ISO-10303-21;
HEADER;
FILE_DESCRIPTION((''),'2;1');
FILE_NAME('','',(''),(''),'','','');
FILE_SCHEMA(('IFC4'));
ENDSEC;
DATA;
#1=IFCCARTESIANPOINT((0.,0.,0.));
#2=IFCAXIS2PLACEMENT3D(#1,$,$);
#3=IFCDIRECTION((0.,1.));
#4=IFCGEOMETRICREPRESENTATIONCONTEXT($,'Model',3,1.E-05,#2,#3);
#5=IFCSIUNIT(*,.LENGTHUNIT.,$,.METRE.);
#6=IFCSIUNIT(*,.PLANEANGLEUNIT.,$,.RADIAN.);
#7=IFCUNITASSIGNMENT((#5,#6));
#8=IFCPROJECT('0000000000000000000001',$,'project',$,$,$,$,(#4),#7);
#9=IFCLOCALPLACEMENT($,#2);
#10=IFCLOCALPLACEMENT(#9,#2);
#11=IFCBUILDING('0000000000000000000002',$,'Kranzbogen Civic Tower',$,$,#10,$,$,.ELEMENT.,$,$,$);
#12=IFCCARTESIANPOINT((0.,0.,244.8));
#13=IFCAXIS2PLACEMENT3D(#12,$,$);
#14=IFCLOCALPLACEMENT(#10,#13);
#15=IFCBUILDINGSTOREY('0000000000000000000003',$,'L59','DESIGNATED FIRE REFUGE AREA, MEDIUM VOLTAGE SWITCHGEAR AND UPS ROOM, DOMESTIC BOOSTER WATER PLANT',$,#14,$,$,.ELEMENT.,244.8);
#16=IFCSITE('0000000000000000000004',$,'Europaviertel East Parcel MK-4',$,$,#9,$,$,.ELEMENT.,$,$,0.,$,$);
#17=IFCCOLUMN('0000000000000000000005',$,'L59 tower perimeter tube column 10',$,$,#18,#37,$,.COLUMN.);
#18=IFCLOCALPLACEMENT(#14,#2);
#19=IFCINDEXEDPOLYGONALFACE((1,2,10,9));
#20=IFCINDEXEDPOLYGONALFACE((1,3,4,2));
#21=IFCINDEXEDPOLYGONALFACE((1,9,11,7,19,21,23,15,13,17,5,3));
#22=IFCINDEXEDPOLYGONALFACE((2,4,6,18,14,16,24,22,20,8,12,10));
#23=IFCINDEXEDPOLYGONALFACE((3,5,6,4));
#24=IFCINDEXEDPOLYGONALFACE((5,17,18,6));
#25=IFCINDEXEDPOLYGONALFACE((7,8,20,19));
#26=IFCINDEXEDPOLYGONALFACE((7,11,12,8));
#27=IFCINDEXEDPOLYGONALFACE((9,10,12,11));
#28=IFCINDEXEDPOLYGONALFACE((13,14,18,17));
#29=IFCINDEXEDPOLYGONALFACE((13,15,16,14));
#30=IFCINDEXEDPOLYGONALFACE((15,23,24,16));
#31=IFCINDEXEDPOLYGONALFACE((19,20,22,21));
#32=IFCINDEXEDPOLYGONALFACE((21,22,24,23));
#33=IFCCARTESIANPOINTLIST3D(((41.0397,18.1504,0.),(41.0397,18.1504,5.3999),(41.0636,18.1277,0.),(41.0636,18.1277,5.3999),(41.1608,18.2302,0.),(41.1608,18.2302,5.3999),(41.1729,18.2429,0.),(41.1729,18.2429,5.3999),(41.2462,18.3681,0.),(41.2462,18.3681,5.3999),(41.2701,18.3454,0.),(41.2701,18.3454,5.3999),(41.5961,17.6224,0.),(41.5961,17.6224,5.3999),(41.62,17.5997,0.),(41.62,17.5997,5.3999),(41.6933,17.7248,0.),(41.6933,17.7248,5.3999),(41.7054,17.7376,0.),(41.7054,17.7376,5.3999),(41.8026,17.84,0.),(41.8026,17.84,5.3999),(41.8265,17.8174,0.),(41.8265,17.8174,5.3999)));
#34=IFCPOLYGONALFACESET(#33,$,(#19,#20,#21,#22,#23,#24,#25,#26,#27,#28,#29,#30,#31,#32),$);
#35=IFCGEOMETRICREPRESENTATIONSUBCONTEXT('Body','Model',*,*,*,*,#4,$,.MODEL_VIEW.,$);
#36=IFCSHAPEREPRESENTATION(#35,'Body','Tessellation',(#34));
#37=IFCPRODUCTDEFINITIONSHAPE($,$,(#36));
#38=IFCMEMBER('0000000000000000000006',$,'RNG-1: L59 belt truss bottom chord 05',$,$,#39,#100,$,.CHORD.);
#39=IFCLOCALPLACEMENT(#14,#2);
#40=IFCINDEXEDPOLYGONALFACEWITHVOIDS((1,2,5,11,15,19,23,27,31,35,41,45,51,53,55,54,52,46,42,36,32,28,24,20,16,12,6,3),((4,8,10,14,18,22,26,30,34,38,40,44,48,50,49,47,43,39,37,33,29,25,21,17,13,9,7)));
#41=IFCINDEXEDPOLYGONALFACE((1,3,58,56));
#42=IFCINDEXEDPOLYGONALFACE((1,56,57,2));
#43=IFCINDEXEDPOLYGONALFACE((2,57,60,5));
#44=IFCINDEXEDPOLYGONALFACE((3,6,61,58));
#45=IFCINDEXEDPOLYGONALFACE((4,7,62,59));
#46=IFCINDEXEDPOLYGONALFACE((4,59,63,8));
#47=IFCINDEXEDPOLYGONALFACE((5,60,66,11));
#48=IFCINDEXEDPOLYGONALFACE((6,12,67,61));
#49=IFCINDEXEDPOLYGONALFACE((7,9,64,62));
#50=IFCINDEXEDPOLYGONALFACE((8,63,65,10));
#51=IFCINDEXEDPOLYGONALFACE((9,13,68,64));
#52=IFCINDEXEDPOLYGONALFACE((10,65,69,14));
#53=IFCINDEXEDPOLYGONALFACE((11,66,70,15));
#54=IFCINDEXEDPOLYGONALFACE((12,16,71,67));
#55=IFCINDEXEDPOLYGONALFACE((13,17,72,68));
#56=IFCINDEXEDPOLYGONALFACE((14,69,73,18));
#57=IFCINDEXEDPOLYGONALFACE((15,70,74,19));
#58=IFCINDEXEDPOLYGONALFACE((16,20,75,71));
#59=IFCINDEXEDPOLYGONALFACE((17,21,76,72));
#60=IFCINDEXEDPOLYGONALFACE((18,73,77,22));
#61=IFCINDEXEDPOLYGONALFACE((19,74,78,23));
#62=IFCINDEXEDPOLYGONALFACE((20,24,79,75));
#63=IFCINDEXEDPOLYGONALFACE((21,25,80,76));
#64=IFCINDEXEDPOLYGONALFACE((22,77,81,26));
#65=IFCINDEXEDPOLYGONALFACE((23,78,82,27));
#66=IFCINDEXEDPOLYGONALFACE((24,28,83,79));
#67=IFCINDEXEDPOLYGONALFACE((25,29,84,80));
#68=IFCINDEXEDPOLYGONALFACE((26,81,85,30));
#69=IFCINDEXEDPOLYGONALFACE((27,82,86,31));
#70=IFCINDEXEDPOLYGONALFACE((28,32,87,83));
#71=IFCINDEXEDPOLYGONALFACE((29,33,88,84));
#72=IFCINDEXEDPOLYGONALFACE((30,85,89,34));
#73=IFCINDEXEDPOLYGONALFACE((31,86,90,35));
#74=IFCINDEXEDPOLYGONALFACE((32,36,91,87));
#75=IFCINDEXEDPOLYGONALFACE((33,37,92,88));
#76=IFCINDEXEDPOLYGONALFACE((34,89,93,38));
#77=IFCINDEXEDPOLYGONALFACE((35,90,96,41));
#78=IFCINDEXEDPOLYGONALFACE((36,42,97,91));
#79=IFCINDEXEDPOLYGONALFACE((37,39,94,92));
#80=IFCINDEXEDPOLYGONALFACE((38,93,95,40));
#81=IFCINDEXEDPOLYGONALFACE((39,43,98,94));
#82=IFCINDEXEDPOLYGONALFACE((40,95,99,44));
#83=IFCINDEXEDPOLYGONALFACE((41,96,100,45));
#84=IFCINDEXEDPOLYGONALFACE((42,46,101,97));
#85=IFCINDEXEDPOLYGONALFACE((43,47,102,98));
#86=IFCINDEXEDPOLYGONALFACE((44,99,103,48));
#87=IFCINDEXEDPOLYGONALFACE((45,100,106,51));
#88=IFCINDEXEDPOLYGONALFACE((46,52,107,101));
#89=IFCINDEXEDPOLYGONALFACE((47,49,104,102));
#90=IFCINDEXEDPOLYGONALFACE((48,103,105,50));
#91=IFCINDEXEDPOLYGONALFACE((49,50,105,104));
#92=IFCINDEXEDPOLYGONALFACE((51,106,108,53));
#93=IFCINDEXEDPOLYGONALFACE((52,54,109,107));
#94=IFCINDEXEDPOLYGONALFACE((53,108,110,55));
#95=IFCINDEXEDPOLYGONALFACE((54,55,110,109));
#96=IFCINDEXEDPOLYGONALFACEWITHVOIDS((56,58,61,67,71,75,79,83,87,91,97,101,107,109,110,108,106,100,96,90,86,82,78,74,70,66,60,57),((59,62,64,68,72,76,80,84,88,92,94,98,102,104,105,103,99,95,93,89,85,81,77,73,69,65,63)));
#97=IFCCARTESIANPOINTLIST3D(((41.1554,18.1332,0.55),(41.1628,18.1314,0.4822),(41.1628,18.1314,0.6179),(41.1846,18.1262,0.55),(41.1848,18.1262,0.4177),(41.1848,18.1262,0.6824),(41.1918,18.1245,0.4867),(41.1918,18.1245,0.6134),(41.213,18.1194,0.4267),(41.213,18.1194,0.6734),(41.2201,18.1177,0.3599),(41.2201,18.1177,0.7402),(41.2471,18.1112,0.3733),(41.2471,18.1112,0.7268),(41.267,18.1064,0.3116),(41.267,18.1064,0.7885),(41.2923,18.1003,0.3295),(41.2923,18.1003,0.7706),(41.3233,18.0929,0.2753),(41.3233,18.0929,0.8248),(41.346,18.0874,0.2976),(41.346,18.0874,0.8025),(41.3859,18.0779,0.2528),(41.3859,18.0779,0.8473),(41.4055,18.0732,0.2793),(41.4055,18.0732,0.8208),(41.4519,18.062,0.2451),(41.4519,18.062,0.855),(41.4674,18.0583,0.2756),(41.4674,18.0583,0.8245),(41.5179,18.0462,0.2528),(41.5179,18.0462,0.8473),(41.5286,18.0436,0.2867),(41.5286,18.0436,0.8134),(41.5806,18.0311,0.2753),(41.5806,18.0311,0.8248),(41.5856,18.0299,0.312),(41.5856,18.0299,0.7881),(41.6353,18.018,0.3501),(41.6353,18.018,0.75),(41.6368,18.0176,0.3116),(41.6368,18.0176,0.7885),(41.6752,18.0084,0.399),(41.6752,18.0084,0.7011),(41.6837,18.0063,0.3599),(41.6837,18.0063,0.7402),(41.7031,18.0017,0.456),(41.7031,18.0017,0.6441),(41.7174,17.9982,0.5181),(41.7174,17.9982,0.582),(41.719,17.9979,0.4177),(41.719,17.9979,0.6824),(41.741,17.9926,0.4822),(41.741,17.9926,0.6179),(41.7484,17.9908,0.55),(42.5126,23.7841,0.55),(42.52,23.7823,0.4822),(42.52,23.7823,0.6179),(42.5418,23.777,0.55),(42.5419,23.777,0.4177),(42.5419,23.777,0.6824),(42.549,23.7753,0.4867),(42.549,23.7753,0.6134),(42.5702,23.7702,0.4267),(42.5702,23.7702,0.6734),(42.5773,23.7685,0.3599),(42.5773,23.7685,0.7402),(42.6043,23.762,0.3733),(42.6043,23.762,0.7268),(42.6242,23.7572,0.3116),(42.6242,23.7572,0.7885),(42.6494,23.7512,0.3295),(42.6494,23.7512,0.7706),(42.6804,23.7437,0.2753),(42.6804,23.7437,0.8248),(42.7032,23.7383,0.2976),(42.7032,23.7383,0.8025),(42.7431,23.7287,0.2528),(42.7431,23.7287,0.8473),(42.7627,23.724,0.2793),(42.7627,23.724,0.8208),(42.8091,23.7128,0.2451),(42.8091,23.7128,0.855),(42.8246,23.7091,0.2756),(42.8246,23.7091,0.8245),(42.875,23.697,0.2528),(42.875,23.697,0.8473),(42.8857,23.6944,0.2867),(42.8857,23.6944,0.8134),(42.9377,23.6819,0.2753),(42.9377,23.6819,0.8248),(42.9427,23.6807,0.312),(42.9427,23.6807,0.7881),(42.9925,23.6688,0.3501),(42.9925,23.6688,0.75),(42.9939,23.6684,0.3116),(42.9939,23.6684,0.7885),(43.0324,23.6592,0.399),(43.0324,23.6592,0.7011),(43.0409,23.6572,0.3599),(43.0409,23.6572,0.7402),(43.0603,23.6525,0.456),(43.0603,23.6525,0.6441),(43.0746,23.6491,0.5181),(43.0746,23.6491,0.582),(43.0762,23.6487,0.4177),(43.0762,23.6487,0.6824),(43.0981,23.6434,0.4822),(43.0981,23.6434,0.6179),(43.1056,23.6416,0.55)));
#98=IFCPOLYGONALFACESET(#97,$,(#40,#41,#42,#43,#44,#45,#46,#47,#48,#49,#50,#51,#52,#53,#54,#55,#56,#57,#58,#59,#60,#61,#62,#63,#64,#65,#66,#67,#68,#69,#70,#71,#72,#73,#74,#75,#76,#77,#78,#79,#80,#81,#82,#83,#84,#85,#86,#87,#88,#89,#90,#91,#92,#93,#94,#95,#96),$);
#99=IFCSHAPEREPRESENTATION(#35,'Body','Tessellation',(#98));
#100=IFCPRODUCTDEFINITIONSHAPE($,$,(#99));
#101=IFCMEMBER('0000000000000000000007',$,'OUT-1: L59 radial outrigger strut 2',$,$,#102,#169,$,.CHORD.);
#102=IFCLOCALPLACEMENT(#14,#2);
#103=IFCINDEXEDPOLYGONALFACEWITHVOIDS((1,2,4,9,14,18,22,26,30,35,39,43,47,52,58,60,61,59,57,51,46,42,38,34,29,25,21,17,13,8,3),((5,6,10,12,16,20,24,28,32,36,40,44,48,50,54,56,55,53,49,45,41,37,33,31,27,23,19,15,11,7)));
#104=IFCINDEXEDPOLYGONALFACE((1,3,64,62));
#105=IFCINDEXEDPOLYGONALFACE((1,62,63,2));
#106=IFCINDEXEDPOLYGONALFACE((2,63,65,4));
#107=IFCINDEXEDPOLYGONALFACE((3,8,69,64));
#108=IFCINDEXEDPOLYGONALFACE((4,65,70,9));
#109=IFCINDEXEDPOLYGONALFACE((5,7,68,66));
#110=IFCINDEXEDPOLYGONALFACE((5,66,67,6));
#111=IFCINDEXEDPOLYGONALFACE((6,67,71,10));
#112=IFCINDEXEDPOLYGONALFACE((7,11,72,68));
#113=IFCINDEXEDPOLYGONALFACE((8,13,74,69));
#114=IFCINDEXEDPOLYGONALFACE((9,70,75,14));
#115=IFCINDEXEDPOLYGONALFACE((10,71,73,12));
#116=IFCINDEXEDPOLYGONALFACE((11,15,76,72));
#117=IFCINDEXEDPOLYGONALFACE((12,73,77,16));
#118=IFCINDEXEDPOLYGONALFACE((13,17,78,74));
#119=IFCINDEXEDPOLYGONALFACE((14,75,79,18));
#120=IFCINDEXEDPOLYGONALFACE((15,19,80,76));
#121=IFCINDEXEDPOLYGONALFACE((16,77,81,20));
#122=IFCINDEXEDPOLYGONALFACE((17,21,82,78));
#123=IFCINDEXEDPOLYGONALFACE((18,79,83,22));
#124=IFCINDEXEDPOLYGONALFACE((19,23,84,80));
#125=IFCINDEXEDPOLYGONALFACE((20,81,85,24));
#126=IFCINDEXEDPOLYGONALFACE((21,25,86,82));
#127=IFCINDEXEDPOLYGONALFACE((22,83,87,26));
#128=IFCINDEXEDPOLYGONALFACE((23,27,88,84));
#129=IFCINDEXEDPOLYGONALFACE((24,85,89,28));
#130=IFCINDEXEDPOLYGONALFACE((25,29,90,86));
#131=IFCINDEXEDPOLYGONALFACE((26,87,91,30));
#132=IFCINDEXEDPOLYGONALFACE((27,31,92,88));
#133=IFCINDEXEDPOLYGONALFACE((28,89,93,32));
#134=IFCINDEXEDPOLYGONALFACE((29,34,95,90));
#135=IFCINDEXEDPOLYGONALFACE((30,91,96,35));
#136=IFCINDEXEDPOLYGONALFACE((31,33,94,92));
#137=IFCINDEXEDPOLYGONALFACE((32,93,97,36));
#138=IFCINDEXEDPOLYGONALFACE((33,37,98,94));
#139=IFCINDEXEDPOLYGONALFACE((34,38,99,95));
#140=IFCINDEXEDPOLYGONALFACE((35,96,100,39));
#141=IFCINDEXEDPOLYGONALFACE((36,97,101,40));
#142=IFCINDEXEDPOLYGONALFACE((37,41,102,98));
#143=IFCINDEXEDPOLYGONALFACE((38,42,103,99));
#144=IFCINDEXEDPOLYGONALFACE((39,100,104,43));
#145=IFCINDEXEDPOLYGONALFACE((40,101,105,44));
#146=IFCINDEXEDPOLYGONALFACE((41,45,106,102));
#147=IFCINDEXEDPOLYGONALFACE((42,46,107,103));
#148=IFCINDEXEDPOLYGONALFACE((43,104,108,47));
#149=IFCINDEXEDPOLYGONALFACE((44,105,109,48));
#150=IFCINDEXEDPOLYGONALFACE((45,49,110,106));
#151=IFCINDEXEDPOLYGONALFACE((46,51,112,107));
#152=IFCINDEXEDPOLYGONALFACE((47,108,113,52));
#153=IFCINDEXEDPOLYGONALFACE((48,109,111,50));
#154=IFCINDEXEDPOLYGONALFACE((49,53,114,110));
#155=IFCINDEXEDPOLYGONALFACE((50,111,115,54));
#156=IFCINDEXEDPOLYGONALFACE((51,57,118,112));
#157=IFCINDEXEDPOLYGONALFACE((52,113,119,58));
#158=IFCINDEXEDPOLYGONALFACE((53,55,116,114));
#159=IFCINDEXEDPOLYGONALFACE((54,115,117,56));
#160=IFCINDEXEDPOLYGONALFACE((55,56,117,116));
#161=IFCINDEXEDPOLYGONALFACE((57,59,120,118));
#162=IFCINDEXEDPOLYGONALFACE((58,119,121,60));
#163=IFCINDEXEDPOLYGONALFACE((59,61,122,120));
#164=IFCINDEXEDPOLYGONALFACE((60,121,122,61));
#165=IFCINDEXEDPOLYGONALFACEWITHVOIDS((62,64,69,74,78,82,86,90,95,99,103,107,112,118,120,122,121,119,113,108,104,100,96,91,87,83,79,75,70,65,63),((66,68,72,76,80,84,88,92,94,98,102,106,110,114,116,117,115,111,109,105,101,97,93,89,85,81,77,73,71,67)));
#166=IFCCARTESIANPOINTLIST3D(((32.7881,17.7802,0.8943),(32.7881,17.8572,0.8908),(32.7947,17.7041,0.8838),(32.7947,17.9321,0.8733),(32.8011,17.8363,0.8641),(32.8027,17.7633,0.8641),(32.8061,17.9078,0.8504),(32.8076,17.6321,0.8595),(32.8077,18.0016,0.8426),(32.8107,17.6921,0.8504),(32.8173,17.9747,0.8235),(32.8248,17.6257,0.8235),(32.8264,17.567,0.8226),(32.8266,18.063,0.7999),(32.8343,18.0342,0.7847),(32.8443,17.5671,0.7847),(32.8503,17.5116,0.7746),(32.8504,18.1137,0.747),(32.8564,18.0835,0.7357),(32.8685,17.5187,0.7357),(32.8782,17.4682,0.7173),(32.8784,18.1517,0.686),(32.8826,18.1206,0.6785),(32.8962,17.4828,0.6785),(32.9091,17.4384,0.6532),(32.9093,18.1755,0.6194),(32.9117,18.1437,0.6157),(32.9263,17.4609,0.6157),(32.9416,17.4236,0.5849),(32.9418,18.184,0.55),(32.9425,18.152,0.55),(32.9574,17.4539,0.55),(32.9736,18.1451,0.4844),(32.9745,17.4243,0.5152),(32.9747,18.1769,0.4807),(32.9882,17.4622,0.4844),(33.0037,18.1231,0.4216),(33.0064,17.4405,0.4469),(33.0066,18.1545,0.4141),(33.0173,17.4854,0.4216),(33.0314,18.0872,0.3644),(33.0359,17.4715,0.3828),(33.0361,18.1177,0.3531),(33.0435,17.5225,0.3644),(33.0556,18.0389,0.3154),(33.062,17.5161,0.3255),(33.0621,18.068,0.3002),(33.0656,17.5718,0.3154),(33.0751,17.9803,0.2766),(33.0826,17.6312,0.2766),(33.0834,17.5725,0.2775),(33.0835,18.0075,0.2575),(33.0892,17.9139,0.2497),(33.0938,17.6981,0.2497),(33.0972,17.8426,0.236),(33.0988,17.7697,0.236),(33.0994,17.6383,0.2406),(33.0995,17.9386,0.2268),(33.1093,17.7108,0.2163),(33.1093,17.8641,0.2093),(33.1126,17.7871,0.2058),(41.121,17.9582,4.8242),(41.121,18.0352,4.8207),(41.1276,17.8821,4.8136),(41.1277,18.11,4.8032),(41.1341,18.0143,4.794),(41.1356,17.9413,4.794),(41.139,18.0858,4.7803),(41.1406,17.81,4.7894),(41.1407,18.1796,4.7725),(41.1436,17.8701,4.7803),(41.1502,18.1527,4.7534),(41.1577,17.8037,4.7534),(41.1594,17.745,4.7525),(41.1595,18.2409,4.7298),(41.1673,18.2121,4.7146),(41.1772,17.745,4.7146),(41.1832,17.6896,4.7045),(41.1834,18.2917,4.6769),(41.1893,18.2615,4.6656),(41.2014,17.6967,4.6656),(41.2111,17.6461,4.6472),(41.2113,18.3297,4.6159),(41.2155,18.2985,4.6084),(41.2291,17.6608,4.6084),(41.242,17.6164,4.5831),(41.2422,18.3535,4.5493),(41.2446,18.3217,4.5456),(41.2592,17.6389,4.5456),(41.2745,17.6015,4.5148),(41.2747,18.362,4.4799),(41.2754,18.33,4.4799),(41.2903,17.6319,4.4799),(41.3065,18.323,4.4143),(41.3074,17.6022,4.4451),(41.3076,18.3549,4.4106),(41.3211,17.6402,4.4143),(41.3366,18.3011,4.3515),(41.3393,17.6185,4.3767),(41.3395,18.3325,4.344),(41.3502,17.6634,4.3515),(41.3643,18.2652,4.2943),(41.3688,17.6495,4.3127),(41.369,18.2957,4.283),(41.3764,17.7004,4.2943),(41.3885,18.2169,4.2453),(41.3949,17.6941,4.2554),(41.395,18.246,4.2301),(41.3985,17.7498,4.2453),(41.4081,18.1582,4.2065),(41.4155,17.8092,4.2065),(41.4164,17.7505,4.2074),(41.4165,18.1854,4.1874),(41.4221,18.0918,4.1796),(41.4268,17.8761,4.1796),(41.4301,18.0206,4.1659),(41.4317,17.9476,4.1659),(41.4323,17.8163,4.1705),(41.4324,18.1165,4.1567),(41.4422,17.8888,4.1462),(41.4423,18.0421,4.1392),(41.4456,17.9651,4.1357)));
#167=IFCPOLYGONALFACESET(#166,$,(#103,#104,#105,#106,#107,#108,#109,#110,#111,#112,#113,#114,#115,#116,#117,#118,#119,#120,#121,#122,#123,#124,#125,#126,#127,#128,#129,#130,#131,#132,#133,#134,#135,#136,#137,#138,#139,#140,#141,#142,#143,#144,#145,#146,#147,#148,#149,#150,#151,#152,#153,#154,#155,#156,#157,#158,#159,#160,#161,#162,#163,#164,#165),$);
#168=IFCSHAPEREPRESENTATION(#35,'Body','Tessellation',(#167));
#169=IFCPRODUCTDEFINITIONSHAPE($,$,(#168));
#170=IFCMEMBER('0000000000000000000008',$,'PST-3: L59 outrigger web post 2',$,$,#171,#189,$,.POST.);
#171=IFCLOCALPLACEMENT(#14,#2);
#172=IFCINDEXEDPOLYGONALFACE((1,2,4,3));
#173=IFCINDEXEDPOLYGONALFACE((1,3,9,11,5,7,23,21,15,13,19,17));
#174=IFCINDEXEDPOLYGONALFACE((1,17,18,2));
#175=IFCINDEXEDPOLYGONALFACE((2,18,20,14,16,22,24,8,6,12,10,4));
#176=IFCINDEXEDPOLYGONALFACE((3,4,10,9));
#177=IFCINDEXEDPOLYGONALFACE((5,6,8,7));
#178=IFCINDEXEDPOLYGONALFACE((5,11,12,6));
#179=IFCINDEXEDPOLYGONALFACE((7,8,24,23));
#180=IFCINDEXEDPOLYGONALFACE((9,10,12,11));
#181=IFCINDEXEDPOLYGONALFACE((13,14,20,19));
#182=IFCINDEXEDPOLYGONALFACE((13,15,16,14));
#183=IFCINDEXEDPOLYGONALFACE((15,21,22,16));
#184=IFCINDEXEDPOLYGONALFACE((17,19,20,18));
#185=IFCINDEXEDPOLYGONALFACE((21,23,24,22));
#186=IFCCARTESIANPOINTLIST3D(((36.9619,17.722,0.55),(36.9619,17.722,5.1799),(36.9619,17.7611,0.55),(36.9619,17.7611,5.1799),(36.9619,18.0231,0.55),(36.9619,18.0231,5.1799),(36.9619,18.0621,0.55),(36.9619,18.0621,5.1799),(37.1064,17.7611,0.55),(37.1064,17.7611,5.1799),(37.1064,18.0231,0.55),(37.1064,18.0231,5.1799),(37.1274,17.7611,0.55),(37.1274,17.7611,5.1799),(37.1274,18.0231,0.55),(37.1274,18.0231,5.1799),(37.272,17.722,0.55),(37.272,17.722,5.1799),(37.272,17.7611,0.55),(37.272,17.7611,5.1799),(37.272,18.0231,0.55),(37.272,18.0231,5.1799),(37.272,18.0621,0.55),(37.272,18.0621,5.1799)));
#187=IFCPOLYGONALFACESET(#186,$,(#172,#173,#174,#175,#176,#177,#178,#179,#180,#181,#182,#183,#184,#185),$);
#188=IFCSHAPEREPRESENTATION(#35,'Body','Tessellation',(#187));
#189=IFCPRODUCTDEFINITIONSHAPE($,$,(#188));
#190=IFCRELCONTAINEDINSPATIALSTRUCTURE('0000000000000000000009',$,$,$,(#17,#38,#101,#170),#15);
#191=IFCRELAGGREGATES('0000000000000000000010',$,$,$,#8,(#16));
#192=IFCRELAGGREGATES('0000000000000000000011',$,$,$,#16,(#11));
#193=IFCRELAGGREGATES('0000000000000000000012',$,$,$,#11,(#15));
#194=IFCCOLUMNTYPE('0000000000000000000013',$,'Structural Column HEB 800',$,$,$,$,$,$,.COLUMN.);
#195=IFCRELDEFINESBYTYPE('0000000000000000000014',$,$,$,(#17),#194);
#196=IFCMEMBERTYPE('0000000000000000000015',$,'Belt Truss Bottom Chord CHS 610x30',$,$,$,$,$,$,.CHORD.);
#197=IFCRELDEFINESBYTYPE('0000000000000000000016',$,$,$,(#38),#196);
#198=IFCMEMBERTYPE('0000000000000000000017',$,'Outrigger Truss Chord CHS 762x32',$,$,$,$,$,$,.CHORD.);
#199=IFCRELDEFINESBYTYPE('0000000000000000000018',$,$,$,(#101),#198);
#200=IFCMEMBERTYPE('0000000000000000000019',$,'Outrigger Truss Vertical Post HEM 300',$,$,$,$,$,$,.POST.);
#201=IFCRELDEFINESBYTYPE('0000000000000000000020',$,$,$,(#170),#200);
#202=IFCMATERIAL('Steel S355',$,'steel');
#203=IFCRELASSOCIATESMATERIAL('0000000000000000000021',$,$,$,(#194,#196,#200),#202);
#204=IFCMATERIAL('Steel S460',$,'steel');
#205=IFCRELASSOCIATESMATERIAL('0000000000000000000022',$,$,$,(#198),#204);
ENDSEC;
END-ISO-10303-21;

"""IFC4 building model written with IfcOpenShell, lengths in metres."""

from ifc_helpers import new_model, si_unit, direction, frame, origin, origin_2d, place, context, subcontext, project, spatial, hollow_circle, i_section, extrude, material, material_profile, profile_set, type_object, element, save


model = new_model("IFC4")

# Units and contexts
model_context = context("Model", 3, precision=1e-05, world=origin(), true_north=direction((0.0, 1.0)))
body_context = subcontext(model_context, "Body", "Model", "MODEL_VIEW")
ifc_project = project(units=[si_unit("LENGTHUNIT", "METRE"), si_unit("PLANEANGLEUNIT", "RADIAN")], contexts=[model_context])

# Site, building, storey
site_placement = place(None, origin())
site = spatial("IfcSite", under=ifc_project, at=site_placement, Name="Europaviertel East Parcel MK-4", CompositionType="ELEMENT", RefElevation=0.0)
building_placement = place(site_placement, origin())
building = spatial("IfcBuilding", under=site, at=building_placement, Name="Kranzbogen Civic Tower", CompositionType="ELEMENT")
storey_placement = place(building_placement, frame((0.0, 0.0, 244.8)))
storey = spatial("IfcBuildingStorey", under=building, at=storey_placement, Name="L59", Description="DESIGNATED FIRE REFUGE AREA, MEDIUM VOLTAGE SWITCHGEAR AND UPS ROOM, DOMESTIC BOOSTER WATER PLANT", CompositionType="ELEMENT", Elevation=244.8)

# Column
ifc_material_1 = material(Name="Steel S355", Category="steel")
ifc_material_profile_1 = material_profile(ifc_material_1, i_section(OverallWidth=0.3, OverallDepth=0.8, WebThickness=0.0176, FlangeThickness=0.033, at=origin_2d()), Name="HEB 800")
ifc_profile_set_1 = profile_set([ifc_material_profile_1], Name="Steel S355")
column_type = type_object("IfcColumnType", Name="Structural Column HEB 800", PredefinedType="COLUMN", material=ifc_profile_set_1)
column_placement = place(storey_placement, frame((41.4331, 17.9839, 0.0), z_axis=(0.0, 0.0, 1.0), x_axis=(0.688355, 0.725374, 0.0)))
element("IfcColumn", 1, at=column_placement, inside=storey, type_object=column_type, Name="L59 tower perimeter tube column 10", PredefinedType="COLUMN", context=body_context, shape_type="SweptSolid", body=[
    extrude(i_section(OverallWidth=0.3, OverallDepth=0.8, WebThickness=0.0176, FlangeThickness=0.033, at=origin_2d()), origin(), (0.0, 0.0, 1.0), 5.3999),
])

# Members
ifc_material_profile_2 = material_profile(ifc_material_1, hollow_circle(Radius=0.3049, WallThickness=0.03, at=origin_2d()), Name="CHS 610x30")
ifc_profile_set_2 = profile_set([ifc_material_profile_2], Name="Steel S355")
member_type_1 = type_object("IfcMemberType", Name="Belt Truss Bottom Chord CHS 610x30", PredefinedType="CHORD", material=ifc_profile_set_2)
member_1_placement = place(storey_placement, frame((41.4519, 18.062, 0.55), z_axis=(0.23353, 0.97235, 0.0), x_axis=(-0.97235, 0.23353, 0.0)))
element("IfcMember", 2, at=member_1_placement, inside=storey, type_object=member_type_1, Name="RNG-1: L59 belt truss bottom chord 05", PredefinedType="CHORD", context=body_context, shape_type="SweptSolid", body=[
    extrude(hollow_circle(Radius=0.3049, WallThickness=0.03, at=origin_2d()), origin(), (0.0, 0.0, 1.0), 5.8115),
])
ifc_material_2 = material(Name="Steel S460", Category="steel")
ifc_material_profile_3 = material_profile(ifc_material_2, hollow_circle(Radius=0.3811, WallThickness=0.032, at=origin_2d()), Name="CHS 762x32")
ifc_profile_set_3 = profile_set([ifc_material_profile_3], Name="Steel S460")
member_type_2 = type_object("IfcMemberType", Name="Outrigger Truss Chord CHS 762x32", PredefinedType="CHORD", material=ifc_profile_set_3)
member_2_placement = place(storey_placement, frame((32.95, 17.803, 0.55), z_axis=(0.904294, 0.019314, 0.426474), x_axis=(-0.021353, 0.999772, 0.0)))
element("IfcMember", 3, at=member_2_placement, inside=storey, type_object=member_type_2, Name="OUT-1: L59 radial outrigger strut 2", PredefinedType="CHORD", context=body_context, shape_type="SweptSolid", body=[
    extrude(hollow_circle(Radius=0.3811, WallThickness=0.032, at=origin_2d()), origin(), (0.0, 0.0, 1.0), 9.2148),
])
ifc_material_profile_4 = material_profile(ifc_material_1, i_section(OverallWidth=0.3101, OverallDepth=0.3401, WebThickness=0.021, FlangeThickness=0.0391, at=origin_2d()), Name="HEM 300")
ifc_profile_set_4 = profile_set([ifc_material_profile_4], Name="Steel S355")
member_type_3 = type_object("IfcMemberType", Name="Outrigger Truss Vertical Post HEM 300", PredefinedType="POST", material=ifc_profile_set_4)
member_3_placement = place(storey_placement, frame((37.1169, 17.8921, 0.55), z_axis=(0.0, 0.0, 1.0), x_axis=(1.0, 0.0, 0.0)))
element("IfcMember", 4, at=member_3_placement, inside=storey, type_object=member_type_3, Name="PST-3: L59 outrigger web post 2", PredefinedType="POST", context=body_context, shape_type="SweptSolid", body=[
    extrude(i_section(OverallWidth=0.3101, OverallDepth=0.3401, WebThickness=0.021, FlangeThickness=0.0391, at=origin_2d()), origin(), (0.0, 0.0, 1.0), 4.6299),
])

save(model, "model.ifc")
